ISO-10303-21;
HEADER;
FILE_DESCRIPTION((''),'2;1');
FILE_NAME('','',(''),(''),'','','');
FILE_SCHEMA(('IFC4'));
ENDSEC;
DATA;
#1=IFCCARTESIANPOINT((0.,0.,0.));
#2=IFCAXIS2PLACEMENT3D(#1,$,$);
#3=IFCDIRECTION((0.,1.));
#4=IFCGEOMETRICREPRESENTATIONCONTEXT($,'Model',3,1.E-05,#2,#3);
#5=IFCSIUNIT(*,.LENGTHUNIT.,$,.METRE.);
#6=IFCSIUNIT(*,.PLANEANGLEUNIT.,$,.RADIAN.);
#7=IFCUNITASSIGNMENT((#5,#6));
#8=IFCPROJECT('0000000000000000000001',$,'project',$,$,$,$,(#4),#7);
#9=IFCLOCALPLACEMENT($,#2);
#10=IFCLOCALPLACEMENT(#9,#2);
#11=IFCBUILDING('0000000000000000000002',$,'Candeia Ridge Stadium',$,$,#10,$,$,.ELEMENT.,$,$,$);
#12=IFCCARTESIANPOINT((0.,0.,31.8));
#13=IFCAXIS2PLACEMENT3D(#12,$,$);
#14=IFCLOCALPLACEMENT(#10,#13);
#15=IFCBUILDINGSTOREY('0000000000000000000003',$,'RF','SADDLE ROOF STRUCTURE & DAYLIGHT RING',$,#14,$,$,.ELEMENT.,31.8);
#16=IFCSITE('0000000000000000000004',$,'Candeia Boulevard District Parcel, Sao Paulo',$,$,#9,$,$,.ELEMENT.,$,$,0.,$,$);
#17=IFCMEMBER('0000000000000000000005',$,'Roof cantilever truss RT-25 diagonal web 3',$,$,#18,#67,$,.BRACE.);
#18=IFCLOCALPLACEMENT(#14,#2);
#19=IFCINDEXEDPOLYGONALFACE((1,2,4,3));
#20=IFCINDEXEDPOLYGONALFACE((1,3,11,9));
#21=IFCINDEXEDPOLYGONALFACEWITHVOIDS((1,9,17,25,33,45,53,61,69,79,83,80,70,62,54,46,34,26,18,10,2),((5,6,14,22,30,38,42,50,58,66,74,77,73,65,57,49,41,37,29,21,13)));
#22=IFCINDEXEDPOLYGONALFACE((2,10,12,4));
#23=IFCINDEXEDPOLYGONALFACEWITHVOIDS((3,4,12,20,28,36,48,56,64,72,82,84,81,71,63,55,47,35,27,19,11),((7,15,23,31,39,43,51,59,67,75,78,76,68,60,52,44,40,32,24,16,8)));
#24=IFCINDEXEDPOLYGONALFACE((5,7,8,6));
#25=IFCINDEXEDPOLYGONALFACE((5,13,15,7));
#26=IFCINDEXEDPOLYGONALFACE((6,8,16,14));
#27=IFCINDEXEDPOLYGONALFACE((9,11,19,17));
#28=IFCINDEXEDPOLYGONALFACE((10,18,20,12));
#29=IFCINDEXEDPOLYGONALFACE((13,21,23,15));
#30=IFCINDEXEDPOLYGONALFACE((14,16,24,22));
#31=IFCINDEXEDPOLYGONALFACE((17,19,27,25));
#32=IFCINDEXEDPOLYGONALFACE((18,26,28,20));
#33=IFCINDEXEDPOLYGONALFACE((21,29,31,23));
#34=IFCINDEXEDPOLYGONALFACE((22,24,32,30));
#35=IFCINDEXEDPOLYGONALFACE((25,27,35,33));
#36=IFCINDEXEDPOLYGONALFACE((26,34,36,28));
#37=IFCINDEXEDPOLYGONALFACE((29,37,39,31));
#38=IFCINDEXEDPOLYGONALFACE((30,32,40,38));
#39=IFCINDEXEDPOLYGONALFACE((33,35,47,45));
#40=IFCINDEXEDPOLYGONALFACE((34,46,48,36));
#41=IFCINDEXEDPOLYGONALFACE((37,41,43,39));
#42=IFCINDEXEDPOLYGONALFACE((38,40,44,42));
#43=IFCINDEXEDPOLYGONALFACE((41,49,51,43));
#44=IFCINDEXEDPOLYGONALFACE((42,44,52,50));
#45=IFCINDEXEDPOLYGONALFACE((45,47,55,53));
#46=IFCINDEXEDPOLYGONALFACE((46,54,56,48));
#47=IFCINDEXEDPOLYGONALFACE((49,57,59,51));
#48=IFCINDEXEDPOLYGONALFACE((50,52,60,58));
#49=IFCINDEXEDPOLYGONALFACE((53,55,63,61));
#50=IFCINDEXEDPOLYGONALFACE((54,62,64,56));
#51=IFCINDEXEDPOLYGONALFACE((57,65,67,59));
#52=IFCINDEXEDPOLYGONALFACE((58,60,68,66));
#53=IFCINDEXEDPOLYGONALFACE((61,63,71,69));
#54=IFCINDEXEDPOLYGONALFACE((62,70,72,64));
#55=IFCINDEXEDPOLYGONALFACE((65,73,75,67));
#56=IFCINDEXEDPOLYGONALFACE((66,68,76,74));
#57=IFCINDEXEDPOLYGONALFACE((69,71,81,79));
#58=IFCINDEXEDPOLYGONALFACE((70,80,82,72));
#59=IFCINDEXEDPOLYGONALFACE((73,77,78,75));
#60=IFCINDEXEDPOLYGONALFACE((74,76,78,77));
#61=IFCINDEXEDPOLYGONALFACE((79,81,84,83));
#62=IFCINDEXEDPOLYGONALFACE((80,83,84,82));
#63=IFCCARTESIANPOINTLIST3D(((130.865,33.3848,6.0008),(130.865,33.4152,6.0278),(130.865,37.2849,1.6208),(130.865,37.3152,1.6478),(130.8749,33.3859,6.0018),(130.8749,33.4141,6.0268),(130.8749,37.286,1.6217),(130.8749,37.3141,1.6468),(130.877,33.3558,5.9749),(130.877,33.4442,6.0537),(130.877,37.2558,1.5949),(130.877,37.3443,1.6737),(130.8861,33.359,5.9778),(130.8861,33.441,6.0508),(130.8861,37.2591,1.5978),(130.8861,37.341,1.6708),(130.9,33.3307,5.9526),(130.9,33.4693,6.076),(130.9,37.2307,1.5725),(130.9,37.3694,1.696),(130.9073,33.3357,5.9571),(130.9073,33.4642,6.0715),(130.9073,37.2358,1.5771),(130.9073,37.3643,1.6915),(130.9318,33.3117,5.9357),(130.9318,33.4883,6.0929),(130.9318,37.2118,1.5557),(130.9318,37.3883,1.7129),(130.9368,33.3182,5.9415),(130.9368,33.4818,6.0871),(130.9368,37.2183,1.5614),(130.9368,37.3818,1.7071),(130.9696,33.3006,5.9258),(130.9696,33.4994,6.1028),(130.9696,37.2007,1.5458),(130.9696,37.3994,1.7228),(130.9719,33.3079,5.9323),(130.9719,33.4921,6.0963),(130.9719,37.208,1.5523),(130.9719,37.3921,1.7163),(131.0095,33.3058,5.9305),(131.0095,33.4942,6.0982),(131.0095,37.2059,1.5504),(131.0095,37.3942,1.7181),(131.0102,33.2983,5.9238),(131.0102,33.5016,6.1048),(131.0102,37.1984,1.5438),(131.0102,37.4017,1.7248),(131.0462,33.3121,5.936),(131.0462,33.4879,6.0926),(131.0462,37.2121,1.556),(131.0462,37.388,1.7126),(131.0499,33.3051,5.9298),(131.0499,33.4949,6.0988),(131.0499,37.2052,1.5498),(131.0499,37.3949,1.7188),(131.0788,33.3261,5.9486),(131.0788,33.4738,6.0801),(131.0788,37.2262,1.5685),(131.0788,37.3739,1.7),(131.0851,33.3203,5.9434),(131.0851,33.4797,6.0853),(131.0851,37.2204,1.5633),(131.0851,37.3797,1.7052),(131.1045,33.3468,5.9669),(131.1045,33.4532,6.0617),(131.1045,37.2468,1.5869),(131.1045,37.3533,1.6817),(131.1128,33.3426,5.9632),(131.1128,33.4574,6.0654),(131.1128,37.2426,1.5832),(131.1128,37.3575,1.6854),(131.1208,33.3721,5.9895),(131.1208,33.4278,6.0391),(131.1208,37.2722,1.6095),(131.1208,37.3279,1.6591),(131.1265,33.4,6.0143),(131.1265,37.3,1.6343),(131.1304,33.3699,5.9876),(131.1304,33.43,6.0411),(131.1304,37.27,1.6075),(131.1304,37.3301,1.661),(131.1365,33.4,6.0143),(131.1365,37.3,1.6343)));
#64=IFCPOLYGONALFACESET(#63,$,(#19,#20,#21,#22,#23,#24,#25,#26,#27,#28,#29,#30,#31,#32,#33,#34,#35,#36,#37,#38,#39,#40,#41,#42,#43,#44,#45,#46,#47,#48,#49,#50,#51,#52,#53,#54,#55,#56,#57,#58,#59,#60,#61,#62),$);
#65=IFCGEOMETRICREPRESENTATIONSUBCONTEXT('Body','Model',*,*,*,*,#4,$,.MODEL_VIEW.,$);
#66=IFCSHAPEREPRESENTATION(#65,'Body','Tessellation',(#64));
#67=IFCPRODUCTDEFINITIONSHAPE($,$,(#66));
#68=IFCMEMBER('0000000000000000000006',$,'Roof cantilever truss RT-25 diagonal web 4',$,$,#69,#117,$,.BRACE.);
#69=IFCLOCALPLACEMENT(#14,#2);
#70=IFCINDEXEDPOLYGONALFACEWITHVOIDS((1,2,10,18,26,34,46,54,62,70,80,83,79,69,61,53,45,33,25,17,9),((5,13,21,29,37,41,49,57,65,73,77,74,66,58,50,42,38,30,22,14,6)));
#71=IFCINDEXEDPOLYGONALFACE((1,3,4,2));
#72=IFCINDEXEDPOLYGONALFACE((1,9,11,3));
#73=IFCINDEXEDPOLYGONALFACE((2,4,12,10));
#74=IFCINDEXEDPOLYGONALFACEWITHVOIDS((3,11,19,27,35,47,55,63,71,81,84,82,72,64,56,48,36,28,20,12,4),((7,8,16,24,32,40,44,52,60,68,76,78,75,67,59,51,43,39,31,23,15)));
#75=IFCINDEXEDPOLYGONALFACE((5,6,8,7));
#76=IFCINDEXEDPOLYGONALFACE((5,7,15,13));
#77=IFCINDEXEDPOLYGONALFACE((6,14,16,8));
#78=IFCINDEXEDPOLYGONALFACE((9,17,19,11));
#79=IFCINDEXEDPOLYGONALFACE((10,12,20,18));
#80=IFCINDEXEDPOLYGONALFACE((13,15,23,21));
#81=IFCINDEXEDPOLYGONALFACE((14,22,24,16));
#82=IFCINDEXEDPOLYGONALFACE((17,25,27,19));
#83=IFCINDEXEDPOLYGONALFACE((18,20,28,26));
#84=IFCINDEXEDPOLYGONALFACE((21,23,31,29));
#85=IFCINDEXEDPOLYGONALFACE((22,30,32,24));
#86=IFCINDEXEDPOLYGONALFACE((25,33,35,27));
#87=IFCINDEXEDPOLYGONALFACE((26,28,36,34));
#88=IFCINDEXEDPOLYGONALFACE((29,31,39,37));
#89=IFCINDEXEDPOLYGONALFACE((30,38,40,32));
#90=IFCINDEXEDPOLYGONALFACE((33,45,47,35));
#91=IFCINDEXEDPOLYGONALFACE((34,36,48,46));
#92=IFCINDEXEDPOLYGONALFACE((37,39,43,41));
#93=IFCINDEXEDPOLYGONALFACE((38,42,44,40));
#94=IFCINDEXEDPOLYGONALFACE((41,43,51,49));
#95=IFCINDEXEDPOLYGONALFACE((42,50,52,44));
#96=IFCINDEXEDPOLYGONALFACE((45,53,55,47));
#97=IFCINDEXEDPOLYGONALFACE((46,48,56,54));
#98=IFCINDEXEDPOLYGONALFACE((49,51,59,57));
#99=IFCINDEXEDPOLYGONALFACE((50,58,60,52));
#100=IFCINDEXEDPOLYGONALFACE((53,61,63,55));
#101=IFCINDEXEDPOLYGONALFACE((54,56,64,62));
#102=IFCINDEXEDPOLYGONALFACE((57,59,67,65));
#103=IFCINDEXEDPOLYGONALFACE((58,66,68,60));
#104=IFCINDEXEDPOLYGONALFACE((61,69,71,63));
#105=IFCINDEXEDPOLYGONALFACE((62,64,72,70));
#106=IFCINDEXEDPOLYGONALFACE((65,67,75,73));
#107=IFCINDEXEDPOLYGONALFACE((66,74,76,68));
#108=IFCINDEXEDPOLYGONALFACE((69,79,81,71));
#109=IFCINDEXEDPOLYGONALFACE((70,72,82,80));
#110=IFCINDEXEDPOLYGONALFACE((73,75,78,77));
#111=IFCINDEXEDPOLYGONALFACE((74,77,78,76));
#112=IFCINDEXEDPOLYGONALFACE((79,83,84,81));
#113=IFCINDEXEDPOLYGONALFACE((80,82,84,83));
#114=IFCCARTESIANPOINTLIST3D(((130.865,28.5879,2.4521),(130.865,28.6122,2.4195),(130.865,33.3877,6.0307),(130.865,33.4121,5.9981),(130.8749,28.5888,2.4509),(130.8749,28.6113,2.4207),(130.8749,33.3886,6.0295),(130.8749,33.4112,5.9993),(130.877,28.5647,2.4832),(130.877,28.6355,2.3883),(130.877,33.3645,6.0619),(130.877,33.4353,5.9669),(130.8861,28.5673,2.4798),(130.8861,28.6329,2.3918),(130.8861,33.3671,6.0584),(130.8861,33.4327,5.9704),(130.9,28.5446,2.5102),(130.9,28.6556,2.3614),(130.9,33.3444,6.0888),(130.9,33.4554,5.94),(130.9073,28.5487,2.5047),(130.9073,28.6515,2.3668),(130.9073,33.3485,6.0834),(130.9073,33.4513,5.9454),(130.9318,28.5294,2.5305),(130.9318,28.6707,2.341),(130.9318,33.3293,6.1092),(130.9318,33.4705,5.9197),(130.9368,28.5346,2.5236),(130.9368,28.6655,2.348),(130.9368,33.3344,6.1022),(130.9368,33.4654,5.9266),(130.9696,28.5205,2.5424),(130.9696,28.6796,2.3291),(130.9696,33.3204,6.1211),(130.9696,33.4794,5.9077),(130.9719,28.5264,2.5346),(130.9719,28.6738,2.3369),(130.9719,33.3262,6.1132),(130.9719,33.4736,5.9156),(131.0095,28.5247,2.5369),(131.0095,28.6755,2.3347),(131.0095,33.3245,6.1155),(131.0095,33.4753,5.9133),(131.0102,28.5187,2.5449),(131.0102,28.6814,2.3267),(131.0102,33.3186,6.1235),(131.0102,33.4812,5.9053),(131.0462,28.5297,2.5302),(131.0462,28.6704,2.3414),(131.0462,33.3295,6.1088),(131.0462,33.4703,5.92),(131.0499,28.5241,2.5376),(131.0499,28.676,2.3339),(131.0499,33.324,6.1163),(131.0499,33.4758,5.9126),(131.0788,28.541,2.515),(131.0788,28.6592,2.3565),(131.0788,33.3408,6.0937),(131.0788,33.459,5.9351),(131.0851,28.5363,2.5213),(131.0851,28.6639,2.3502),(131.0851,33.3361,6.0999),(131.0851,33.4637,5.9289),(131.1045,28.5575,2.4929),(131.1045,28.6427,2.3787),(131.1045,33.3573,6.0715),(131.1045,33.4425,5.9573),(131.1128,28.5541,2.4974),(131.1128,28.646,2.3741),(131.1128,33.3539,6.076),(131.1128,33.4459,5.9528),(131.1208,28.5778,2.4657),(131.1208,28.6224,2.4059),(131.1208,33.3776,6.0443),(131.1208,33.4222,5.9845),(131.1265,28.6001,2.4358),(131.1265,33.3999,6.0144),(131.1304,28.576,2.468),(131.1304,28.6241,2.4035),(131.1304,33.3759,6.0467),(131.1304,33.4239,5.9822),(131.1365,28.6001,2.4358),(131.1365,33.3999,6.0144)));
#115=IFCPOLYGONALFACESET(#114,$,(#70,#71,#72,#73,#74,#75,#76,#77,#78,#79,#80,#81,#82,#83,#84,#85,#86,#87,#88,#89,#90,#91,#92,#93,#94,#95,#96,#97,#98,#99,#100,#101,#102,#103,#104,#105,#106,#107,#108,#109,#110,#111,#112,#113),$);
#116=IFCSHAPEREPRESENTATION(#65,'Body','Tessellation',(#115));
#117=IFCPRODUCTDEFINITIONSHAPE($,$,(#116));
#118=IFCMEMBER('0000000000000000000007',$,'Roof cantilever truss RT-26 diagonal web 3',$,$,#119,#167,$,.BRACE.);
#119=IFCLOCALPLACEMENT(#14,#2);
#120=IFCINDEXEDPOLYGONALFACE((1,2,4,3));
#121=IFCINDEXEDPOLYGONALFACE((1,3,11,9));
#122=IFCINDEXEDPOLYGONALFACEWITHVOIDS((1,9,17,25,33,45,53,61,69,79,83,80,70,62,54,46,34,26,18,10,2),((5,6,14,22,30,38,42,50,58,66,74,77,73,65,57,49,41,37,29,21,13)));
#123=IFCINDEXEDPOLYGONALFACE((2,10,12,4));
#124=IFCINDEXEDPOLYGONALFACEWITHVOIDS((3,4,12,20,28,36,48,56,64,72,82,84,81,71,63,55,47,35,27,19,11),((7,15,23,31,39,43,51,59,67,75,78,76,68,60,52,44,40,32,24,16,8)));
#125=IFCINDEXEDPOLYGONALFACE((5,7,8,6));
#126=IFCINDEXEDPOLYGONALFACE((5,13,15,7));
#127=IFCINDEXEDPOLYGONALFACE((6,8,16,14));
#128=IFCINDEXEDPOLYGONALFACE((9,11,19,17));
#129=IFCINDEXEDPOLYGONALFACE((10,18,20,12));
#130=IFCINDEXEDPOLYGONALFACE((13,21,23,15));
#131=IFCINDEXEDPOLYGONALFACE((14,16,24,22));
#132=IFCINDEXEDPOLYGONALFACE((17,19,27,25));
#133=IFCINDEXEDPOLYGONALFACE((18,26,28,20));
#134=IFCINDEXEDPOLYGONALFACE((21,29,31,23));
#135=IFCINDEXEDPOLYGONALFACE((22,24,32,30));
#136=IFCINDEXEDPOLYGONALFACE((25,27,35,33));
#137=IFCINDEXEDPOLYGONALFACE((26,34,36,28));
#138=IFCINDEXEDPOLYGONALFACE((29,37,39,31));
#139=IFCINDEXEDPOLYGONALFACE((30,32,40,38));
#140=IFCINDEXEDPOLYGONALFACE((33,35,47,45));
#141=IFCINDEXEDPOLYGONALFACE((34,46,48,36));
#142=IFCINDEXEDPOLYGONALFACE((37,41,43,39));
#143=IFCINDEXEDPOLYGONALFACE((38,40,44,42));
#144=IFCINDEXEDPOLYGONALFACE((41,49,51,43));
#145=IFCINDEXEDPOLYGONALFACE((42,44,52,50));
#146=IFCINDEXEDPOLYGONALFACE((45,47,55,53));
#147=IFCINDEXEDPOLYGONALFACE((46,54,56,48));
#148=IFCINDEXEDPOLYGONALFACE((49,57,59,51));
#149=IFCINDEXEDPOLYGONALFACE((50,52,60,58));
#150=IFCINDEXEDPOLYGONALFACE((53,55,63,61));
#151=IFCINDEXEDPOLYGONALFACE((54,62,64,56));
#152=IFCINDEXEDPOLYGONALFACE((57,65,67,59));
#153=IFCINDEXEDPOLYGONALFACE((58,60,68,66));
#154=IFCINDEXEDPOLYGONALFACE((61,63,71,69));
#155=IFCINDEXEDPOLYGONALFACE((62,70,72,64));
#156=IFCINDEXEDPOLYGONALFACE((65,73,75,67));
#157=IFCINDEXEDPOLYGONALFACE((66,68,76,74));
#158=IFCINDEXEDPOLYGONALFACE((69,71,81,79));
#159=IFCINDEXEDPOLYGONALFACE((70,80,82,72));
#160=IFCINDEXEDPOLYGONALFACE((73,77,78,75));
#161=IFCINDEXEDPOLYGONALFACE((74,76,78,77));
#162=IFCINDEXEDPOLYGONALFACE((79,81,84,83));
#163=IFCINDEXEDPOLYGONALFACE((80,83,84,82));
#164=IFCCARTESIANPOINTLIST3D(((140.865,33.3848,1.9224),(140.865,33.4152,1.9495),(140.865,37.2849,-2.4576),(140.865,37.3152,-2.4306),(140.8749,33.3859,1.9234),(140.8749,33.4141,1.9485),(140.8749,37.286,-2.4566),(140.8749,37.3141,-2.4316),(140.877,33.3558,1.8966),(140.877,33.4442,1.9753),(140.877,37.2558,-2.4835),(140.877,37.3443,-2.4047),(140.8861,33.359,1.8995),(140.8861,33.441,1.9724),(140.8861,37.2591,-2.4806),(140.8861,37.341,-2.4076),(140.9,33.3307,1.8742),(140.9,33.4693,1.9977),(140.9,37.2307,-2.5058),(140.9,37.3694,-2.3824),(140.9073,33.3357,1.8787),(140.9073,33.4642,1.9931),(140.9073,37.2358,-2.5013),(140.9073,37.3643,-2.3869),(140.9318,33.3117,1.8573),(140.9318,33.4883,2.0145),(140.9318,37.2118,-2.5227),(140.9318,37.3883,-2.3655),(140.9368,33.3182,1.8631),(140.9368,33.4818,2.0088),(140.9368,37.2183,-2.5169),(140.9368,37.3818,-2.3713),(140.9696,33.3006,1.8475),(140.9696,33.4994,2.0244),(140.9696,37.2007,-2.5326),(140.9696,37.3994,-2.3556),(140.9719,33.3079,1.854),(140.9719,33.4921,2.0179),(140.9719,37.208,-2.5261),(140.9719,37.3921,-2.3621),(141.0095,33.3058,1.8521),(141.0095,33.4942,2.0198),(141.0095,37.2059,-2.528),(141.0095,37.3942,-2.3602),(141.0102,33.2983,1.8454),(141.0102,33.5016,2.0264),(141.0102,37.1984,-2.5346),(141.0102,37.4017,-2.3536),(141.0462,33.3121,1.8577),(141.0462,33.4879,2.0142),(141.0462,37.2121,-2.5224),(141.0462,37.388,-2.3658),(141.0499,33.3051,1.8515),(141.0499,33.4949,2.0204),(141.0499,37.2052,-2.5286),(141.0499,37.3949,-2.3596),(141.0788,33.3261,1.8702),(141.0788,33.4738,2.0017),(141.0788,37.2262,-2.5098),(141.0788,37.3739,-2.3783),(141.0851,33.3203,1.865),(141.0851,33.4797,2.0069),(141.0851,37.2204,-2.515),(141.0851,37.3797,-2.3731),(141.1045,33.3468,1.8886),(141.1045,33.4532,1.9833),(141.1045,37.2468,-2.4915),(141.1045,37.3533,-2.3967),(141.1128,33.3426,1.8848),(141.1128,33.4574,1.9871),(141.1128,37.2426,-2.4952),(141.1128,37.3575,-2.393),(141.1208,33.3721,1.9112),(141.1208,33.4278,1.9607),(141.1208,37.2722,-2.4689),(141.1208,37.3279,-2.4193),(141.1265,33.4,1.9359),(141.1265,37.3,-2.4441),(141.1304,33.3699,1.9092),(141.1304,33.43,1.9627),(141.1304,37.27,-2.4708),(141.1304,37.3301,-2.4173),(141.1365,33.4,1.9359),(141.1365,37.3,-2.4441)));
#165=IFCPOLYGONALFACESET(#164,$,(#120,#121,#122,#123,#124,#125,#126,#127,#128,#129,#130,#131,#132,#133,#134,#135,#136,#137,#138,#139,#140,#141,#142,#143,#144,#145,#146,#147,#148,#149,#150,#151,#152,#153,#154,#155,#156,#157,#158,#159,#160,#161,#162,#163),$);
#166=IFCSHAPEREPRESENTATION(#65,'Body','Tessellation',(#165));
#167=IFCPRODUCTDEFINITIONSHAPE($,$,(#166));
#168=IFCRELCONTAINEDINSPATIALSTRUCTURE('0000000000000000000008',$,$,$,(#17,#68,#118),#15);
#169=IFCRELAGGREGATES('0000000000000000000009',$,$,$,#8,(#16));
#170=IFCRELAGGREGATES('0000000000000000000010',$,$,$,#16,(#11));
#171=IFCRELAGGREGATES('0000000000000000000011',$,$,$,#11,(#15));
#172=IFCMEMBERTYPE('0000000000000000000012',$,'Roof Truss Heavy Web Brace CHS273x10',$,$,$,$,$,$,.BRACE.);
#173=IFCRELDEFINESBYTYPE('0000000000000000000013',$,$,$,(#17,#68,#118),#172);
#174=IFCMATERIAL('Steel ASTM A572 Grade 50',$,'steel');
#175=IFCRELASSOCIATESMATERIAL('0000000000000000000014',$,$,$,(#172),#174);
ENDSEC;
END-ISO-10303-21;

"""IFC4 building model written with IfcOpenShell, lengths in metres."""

from ifc_helpers import new_model, si_unit, direction, frame, origin, origin_2d, place, context, subcontext, project, spatial, hollow_circle, extrude, material, material_profile, profile_set, type_object, element, save


model = new_model("IFC4")

# Units and contexts
model_context = context("Model", 3, precision=1e-05, world=origin(), true_north=direction((0.0, 1.0)))
body_context = subcontext(model_context, "Body", "Model", "MODEL_VIEW")
ifc_project = project(units=[si_unit("LENGTHUNIT", "METRE"), si_unit("PLANEANGLEUNIT", "RADIAN")], contexts=[model_context])

# Site, building, storey
site_placement = place(None, origin())
site = spatial("IfcSite", under=ifc_project, at=site_placement, Name="Candeia Boulevard District Parcel, Sao Paulo", CompositionType="ELEMENT", RefElevation=0.0)
building_placement = place(site_placement, origin())
building = spatial("IfcBuilding", under=site, at=building_placement, Name="Candeia Ridge Stadium", CompositionType="ELEMENT")
storey_placement = place(building_placement, frame((0.0, 0.0, 31.8)))
storey = spatial("IfcBuildingStorey", under=building, at=storey_placement, Name="RF", Description="SADDLE ROOF STRUCTURE & DAYLIGHT RING", CompositionType="ELEMENT", Elevation=31.8)

# Shared definitions
ifc_material_1 = material(Name="Steel ASTM A572 Grade 50", Category="steel")

# Members
ifc_material_profile_1 = material_profile(ifc_material_1, hollow_circle(Radius=0.1365, WallThickness=0.01, at=origin_2d()), Name="CHS273x10", Category="steel")
ifc_profile_set_1 = profile_set([ifc_material_profile_1], Name="Steel ASTM A572 Grade 50")
member_type_1 = type_object("IfcMemberType", Name="Roof Truss Heavy Web Brace CHS273x10", PredefinedType="BRACE", material=ifc_profile_set_1)
member_1_placement = place(storey_placement, frame((131.0, 37.3, 1.6343), z_axis=(0.0, -0.665002, 0.746842), x_axis=(1.0, 0.0, 0.0)))
element("IfcMember", 1, at=member_1_placement, inside=storey, type_object=member_type_1, Name="Roof cantilever truss RT-25 diagonal web 3", PredefinedType="BRACE", context=body_context, shape_type="SweptSolid", body=[
    extrude(hollow_circle(Radius=0.1365, WallThickness=0.01, at=origin_2d()), origin(), (0.0, 0.0, 1.0), 5.8647),
])
member_2_placement = place(storey_placement, frame((131.0, 33.3999, 6.0144), z_axis=(0.0, -0.8017, -0.597727), x_axis=(1.0, 0.0, 0.0)))
element("IfcMember", 2, at=member_2_placement, inside=storey, type_object=member_type_1, Name="Roof cantilever truss RT-25 diagonal web 4", PredefinedType="BRACE", context=body_context, shape_type="SweptSolid", body=[
    extrude(hollow_circle(Radius=0.1365, WallThickness=0.01, at=origin_2d()), origin(), (0.0, 0.0, 1.0), 5.9871),
])
member_3_placement = place(storey_placement, frame((141.0, 37.3, -2.4441), z_axis=(0.0, -0.665002, 0.746842), x_axis=(1.0, 0.0, 0.0)))
element("IfcMember", 3, at=member_3_placement, inside=storey, type_object=member_type_1, Name="Roof cantilever truss RT-26 diagonal web 3", PredefinedType="BRACE", context=body_context, shape_type="SweptSolid", body=[
    extrude(hollow_circle(Radius=0.1365, WallThickness=0.01, at=origin_2d()), origin(), (0.0, 0.0, 1.0), 5.8647),
])

save(model, "model.ifc")
